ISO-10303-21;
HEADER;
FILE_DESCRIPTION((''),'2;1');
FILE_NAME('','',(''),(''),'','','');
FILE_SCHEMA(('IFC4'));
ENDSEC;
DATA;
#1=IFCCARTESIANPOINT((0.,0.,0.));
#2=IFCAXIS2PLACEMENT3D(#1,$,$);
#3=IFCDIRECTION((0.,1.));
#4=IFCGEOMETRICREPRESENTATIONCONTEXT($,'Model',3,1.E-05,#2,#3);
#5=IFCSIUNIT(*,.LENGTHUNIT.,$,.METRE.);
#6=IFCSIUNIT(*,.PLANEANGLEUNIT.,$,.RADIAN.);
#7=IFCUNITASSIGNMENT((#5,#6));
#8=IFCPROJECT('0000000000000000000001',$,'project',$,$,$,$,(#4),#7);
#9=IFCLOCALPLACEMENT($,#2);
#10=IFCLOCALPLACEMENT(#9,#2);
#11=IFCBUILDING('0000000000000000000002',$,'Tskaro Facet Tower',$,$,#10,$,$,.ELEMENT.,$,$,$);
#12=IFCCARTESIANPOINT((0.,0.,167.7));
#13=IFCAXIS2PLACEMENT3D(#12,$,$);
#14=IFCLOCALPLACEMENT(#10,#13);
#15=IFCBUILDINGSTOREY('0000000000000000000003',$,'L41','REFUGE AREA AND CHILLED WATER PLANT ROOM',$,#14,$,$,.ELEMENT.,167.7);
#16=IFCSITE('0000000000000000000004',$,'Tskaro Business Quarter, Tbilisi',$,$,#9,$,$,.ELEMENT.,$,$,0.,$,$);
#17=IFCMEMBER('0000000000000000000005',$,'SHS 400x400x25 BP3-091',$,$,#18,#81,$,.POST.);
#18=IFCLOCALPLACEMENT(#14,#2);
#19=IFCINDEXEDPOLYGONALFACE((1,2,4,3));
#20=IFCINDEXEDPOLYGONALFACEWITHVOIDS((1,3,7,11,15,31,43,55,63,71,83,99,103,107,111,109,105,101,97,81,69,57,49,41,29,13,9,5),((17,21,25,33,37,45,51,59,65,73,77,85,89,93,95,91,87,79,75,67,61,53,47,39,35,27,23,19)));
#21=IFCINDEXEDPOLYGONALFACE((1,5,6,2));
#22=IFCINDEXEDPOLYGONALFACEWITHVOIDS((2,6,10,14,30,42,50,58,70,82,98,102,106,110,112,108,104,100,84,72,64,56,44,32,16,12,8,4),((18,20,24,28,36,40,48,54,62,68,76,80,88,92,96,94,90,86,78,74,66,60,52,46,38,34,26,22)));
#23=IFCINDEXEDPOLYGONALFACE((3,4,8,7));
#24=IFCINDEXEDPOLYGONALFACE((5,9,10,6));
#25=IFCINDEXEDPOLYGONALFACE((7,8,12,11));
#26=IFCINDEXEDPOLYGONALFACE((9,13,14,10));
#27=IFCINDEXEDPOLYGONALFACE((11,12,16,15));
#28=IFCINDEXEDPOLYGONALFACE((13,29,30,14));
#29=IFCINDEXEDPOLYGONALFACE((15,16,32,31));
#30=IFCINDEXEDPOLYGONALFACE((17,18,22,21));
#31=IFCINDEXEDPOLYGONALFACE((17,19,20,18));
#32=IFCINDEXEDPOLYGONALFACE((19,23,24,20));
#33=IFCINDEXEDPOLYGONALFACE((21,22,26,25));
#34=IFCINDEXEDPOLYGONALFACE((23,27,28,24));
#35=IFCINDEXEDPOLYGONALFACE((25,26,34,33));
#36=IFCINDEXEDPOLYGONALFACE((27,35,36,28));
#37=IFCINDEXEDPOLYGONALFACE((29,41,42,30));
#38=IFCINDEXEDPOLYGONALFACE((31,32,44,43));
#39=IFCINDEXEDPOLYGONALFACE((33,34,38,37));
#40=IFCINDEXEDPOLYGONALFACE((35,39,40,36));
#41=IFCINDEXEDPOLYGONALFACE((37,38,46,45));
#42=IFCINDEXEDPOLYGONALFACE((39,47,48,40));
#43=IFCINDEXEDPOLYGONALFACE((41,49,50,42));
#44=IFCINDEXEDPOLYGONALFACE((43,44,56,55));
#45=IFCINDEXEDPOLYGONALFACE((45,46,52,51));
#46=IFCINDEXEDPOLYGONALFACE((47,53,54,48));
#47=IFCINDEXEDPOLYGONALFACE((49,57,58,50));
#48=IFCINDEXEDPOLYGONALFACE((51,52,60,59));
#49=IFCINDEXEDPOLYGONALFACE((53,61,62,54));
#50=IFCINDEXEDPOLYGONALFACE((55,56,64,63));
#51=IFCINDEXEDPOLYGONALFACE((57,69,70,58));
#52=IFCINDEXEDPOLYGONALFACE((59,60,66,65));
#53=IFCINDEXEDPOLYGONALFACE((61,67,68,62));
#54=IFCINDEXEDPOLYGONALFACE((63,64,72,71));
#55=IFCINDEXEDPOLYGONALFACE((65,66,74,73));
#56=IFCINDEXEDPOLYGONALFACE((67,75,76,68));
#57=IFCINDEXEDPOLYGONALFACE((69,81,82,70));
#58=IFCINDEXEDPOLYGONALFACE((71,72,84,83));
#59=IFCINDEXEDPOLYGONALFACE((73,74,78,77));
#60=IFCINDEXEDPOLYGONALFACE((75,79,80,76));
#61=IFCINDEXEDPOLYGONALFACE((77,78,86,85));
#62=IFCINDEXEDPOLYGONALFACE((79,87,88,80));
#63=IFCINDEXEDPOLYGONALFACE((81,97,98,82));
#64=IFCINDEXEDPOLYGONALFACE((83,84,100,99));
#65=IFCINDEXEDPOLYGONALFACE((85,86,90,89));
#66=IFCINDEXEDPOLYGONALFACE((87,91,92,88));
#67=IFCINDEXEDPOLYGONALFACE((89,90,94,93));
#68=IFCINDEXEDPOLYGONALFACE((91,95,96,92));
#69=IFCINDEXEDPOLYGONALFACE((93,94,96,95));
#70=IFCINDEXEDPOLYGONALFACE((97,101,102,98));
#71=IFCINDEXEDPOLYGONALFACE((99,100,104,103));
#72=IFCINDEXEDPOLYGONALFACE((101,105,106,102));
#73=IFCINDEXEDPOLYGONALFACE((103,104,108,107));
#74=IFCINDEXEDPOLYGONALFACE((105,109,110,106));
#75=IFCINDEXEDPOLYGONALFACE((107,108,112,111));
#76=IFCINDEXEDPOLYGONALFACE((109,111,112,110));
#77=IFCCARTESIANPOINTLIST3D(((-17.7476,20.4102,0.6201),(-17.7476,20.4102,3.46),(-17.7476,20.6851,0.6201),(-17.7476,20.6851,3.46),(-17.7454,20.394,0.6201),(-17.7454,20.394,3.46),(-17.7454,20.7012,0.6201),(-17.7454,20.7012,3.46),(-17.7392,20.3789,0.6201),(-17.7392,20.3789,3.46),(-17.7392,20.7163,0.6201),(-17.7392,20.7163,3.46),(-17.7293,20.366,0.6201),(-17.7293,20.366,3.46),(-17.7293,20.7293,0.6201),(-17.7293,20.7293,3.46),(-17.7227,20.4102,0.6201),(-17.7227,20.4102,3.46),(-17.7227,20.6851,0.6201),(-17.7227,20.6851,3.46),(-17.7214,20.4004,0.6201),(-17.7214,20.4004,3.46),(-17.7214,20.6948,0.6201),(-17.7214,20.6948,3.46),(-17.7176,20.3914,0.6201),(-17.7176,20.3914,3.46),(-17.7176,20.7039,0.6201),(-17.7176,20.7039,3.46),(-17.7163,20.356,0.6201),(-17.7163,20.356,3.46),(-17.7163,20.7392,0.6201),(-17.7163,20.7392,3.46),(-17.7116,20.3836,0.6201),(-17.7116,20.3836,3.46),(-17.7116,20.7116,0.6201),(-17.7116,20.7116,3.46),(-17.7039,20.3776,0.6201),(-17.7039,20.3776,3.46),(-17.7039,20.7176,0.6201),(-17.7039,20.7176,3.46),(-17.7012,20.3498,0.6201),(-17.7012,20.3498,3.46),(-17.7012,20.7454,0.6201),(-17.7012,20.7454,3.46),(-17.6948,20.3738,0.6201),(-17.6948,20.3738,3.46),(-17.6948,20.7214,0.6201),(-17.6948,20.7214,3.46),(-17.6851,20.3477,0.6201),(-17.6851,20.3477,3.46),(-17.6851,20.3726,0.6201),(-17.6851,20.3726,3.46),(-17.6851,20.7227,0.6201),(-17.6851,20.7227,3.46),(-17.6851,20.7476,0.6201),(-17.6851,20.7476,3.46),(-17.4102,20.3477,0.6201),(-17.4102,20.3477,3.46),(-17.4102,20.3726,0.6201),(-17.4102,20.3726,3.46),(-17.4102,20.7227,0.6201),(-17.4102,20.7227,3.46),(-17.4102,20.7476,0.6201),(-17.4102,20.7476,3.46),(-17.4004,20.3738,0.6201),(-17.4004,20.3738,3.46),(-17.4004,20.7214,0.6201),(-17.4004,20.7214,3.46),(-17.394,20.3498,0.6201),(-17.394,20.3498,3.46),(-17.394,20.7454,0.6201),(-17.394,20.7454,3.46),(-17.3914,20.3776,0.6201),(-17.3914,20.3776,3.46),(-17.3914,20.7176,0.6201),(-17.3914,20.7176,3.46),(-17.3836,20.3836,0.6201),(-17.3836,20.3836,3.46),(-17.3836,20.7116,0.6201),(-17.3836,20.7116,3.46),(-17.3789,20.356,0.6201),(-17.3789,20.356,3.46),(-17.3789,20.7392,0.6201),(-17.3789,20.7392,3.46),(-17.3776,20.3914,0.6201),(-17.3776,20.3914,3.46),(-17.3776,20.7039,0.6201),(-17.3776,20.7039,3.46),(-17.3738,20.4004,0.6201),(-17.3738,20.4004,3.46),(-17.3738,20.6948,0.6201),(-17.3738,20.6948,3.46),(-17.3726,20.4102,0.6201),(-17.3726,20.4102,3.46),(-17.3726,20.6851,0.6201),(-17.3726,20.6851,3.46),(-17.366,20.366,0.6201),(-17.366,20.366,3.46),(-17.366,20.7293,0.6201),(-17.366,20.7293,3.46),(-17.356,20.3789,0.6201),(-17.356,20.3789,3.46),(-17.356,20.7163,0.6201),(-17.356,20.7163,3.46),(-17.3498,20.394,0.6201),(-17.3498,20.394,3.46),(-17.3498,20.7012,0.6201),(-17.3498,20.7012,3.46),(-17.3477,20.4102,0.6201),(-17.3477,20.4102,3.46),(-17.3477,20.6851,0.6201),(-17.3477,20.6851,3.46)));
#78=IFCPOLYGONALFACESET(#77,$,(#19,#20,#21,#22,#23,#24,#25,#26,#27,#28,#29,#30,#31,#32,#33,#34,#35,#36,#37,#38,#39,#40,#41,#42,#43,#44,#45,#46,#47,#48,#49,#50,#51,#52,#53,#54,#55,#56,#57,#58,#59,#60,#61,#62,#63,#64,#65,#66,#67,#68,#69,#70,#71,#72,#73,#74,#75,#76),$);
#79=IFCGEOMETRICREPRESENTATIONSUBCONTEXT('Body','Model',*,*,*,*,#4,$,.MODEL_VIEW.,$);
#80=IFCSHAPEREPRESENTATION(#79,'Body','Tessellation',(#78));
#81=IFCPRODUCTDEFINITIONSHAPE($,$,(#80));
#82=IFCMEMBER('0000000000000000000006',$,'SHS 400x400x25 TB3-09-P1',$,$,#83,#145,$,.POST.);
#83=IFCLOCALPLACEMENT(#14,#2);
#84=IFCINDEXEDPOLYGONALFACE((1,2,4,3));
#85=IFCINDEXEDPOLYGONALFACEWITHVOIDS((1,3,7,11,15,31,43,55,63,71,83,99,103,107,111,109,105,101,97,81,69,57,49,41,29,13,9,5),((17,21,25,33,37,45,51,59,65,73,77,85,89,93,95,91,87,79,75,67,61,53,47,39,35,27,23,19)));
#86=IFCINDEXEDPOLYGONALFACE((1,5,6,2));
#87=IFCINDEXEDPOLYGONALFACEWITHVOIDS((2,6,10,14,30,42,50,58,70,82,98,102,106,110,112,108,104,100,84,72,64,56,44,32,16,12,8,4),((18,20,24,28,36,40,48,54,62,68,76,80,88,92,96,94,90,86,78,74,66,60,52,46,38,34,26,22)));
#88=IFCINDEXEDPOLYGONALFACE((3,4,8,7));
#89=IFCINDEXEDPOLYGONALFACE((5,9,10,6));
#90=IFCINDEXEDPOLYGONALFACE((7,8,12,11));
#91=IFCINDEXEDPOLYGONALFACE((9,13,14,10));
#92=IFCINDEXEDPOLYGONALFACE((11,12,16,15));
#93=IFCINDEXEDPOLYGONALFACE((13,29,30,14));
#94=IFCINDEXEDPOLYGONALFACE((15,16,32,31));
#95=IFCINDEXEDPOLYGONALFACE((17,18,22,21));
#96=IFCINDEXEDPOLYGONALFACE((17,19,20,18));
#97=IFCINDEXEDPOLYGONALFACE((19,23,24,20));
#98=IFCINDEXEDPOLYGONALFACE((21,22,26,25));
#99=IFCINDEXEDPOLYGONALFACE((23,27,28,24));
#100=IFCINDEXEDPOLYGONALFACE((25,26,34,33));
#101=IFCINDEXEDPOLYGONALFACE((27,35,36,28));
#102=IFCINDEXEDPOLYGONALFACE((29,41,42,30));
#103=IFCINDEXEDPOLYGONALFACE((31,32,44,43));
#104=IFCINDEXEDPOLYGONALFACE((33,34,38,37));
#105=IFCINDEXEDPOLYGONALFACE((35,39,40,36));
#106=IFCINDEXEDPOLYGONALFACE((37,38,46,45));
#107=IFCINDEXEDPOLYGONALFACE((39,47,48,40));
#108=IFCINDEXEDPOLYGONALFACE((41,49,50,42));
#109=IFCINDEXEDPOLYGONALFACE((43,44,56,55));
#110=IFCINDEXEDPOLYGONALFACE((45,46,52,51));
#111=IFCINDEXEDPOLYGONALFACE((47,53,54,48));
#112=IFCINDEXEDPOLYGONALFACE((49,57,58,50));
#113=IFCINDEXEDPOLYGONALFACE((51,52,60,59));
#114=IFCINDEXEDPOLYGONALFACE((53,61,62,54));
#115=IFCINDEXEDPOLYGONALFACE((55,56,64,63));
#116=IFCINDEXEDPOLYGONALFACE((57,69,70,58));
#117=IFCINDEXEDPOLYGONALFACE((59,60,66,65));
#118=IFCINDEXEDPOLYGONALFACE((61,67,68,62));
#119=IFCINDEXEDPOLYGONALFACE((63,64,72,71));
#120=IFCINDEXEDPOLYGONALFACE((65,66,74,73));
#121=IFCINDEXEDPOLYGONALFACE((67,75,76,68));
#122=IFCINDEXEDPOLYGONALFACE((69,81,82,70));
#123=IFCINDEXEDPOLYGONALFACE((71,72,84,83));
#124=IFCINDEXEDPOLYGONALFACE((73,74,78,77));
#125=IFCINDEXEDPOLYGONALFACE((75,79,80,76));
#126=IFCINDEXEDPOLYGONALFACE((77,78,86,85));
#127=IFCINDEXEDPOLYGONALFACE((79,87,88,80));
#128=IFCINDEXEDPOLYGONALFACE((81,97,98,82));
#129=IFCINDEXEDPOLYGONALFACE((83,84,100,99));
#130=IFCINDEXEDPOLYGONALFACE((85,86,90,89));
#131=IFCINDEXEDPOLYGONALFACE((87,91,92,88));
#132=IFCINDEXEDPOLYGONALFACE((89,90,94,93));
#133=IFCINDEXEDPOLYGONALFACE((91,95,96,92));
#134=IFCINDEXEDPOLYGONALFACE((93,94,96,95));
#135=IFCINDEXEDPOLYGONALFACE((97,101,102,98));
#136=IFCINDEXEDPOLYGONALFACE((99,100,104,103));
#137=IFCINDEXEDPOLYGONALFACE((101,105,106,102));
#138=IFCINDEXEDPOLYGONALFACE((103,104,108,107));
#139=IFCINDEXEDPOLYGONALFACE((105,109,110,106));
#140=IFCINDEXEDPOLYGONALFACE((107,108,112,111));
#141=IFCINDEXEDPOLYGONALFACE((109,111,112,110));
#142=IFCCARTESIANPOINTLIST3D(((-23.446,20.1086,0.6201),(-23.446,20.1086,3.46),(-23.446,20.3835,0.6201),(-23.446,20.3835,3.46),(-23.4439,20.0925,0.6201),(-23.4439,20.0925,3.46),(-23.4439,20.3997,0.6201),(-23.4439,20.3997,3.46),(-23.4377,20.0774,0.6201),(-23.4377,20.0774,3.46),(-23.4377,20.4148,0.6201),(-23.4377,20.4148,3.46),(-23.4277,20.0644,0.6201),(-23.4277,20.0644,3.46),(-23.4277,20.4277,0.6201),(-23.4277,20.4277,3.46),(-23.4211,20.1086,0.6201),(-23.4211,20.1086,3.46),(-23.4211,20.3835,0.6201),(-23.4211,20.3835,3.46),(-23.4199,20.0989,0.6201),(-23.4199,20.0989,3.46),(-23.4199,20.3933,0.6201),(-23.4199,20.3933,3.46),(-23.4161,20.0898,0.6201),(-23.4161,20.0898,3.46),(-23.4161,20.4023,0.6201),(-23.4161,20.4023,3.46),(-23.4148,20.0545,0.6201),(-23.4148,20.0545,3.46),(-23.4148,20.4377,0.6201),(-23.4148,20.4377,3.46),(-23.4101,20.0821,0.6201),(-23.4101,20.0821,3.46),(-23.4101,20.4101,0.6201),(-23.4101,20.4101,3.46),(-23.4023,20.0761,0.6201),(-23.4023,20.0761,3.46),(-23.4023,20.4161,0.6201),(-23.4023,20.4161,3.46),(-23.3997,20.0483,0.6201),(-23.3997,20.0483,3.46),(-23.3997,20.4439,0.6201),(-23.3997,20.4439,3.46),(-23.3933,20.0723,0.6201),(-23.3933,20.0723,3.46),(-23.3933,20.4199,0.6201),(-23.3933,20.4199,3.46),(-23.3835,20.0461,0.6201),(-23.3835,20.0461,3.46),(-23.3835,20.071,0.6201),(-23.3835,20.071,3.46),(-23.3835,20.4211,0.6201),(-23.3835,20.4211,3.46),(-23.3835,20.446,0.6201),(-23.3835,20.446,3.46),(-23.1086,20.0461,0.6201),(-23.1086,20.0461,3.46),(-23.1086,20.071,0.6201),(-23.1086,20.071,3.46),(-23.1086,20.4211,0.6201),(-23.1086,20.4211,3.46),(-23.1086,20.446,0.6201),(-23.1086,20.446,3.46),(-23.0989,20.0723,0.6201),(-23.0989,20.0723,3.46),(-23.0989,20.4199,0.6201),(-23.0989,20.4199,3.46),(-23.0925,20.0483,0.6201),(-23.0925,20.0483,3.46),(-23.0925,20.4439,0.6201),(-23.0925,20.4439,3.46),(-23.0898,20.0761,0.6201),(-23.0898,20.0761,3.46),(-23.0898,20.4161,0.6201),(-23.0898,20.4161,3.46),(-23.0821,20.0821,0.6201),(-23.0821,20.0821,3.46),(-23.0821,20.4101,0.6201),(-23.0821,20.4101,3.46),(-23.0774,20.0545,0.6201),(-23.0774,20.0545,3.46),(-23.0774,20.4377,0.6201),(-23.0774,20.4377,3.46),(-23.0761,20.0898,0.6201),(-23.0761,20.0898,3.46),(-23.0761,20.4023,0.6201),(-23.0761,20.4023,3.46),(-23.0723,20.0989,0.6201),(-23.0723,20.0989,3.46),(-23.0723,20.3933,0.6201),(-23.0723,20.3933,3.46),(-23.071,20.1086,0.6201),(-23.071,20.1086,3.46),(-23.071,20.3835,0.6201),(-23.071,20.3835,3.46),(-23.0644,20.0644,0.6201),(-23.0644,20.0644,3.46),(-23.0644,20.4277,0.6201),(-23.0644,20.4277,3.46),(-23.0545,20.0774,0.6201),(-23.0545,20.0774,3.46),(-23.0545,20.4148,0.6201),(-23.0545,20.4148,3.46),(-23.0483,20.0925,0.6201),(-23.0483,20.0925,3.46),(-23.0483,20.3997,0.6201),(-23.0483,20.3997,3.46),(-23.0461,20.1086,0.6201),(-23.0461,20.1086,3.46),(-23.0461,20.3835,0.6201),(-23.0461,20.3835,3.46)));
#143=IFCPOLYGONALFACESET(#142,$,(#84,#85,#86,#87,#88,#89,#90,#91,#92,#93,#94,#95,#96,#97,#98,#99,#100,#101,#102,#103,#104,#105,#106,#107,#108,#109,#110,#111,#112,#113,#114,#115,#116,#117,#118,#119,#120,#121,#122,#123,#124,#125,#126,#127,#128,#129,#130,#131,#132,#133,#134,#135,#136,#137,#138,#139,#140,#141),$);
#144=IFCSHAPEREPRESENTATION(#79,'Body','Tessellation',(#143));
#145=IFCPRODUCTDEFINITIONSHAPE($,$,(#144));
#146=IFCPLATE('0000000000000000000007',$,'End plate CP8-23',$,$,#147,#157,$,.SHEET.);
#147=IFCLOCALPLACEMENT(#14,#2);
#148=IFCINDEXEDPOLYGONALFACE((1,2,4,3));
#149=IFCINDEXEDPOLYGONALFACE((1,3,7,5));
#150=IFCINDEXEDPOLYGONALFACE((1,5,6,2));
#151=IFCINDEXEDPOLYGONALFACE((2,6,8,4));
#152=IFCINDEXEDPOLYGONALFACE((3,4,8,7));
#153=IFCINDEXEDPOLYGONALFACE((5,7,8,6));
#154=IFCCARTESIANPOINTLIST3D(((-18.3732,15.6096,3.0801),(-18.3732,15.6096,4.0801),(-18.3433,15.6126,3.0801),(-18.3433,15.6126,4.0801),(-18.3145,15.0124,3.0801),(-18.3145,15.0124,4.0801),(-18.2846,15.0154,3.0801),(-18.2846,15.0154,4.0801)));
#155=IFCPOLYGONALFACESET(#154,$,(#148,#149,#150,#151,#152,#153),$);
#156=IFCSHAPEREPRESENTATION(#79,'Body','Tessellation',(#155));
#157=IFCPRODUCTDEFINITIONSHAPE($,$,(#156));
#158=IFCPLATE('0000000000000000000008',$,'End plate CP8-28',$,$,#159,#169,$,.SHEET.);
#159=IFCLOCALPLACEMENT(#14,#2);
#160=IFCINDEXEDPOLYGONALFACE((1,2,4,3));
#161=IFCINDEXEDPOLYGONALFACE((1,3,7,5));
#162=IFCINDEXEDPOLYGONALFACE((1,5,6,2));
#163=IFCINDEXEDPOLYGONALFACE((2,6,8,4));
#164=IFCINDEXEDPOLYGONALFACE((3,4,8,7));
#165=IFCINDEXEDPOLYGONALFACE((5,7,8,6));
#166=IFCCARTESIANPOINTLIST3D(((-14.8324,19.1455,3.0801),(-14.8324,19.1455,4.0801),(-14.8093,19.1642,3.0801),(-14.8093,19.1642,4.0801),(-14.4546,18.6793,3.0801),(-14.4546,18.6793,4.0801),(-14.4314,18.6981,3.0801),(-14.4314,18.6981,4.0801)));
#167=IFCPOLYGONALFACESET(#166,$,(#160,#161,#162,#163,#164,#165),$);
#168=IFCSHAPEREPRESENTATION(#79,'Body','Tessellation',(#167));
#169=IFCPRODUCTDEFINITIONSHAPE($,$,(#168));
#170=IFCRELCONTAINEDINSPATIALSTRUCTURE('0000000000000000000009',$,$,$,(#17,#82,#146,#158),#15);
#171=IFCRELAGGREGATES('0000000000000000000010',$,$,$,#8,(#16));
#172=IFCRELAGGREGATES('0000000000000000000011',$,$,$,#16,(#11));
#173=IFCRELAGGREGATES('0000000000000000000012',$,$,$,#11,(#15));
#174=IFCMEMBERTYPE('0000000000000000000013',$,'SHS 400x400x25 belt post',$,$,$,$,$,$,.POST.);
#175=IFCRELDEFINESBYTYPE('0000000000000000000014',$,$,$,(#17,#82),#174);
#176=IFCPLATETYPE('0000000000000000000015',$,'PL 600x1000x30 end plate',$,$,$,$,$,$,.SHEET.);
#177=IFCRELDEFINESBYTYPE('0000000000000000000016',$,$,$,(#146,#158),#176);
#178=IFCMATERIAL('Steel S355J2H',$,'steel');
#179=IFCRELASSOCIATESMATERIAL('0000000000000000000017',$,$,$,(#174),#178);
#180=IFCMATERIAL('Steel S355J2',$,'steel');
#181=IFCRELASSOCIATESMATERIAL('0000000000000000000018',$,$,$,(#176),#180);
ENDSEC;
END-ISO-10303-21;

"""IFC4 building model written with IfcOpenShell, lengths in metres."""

from ifc_helpers import new_model, si_unit, direction, frame, origin, origin_2d, place, context, subcontext, project, spatial, rectangle, hollow_rectangle, extrude, material, material_profile, profile_set, type_object, element, save


model = new_model("IFC4")

# Units and contexts
model_context = context("Model", 3, precision=1e-05, world=origin(), true_north=direction((0.0, 1.0)))
body_context = subcontext(model_context, "Body", "Model", "MODEL_VIEW")
ifc_project = project(units=[si_unit("LENGTHUNIT", "METRE"), si_unit("PLANEANGLEUNIT", "RADIAN")], contexts=[model_context])

# Site, building, storey
site_placement = place(None, origin())
site = spatial("IfcSite", under=ifc_project, at=site_placement, Name="Tskaro Business Quarter, Tbilisi", CompositionType="ELEMENT", RefElevation=0.0)
building_placement = place(site_placement, origin())
building = spatial("IfcBuilding", under=site, at=building_placement, Name="Tskaro Facet Tower", CompositionType="ELEMENT")
storey_placement = place(building_placement, frame((0.0, 0.0, 167.7)))
storey = spatial("IfcBuildingStorey", under=building, at=storey_placement, Name="L41", Description="REFUGE AREA AND CHILLED WATER PLANT ROOM", CompositionType="ELEMENT", Elevation=167.7)

# Shared definitions
ifc_material_1 = material(Name="Steel S355J2H", Category="steel")

# Shared definitions
ifc_material_2 = material(Name="Steel S355J2", Category="steel")

# Members
ifc_material_profile_1 = material_profile(ifc_material_1, hollow_rectangle(XDim=0.3999, YDim=0.3999, WallThickness=0.0249, InnerFilletRadius=0.0376, OuterFilletRadius=0.0625, at=origin_2d()), Name="SHS 400x400x25")
ifc_profile_set_1 = profile_set([ifc_material_profile_1], Name="Steel S355J2H")
member_type_1 = type_object("IfcMemberType", Name="SHS 400x400x25 belt post", PredefinedType="POST", material=ifc_profile_set_1)
for number, where, z_axis, x_axis, name in (
    (1, (-17.5476, 20.5476, 0.6201), (0.0, 0.0, 1.0), (1.0, 0.0, 0.0), "SHS 400x400x25 BP3-091"),
    (2, (-23.2461, 20.2461, 0.6201), (0.0, 0.0, 1.0), (1.0, 0.0, 0.0), "SHS 400x400x25 TB3-09-P1"),
):
    element("IfcMember", number, at=place(storey_placement, frame(where, z_axis=z_axis, x_axis=x_axis)), inside=storey, type_object=member_type_1, Name=name, PredefinedType="POST", context=body_context, shape_type="SweptSolid", body=[
        extrude(hollow_rectangle(XDim=0.3999, YDim=0.3999, WallThickness=0.0249, InnerFilletRadius=0.0376, OuterFilletRadius=0.0625, at=origin_2d()), origin(), (0.0, 0.0, 1.0), 2.8398),
    ])

# Plates
ifc_material_profile_2 = material_profile(ifc_material_2, rectangle(XDim=0.6001, YDim=1.0, at=origin_2d()), Name="PL 600x1000x30 end plate")
ifc_profile_set_2 = profile_set([ifc_material_profile_2], Name="Steel S355J2")
plate_type = type_object("IfcPlateType", Name="PL 600x1000x30 end plate", PredefinedType="SHEET", material=ifc_profile_set_2)
plate_1_placement = place(storey_placement, frame((-18.314, 15.314, 3.5801), z_axis=(-0.995197, -0.097888, 0.0), x_axis=(0.097888, -0.995197, 0.0)))
element("IfcPlate", 3, at=plate_1_placement, inside=storey, type_object=plate_type, Name="End plate CP8-23", PredefinedType="SHEET", context=body_context, shape_type="SweptSolid", body=[
    extrude(rectangle(XDim=0.6001, YDim=1.0, at=origin_2d()), origin(), (0.0, 0.0, 1.0), 0.03),
])
plate_2_placement = place(storey_placement, frame((-14.6204, 18.9312, 3.5801), z_axis=(-0.776864, -0.629669, 0.0), x_axis=(0.629669, -0.776864, 0.0)))
element("IfcPlate", 4, at=plate_2_placement, inside=storey, type_object=plate_type, Name="End plate CP8-28", PredefinedType="SHEET", context=body_context, shape_type="SweptSolid", body=[
    extrude(rectangle(XDim=0.6001, YDim=1.0, at=origin_2d()), origin(), (0.0, 0.0, 1.0), 0.0298),
])

save(model, "model.ifc")
